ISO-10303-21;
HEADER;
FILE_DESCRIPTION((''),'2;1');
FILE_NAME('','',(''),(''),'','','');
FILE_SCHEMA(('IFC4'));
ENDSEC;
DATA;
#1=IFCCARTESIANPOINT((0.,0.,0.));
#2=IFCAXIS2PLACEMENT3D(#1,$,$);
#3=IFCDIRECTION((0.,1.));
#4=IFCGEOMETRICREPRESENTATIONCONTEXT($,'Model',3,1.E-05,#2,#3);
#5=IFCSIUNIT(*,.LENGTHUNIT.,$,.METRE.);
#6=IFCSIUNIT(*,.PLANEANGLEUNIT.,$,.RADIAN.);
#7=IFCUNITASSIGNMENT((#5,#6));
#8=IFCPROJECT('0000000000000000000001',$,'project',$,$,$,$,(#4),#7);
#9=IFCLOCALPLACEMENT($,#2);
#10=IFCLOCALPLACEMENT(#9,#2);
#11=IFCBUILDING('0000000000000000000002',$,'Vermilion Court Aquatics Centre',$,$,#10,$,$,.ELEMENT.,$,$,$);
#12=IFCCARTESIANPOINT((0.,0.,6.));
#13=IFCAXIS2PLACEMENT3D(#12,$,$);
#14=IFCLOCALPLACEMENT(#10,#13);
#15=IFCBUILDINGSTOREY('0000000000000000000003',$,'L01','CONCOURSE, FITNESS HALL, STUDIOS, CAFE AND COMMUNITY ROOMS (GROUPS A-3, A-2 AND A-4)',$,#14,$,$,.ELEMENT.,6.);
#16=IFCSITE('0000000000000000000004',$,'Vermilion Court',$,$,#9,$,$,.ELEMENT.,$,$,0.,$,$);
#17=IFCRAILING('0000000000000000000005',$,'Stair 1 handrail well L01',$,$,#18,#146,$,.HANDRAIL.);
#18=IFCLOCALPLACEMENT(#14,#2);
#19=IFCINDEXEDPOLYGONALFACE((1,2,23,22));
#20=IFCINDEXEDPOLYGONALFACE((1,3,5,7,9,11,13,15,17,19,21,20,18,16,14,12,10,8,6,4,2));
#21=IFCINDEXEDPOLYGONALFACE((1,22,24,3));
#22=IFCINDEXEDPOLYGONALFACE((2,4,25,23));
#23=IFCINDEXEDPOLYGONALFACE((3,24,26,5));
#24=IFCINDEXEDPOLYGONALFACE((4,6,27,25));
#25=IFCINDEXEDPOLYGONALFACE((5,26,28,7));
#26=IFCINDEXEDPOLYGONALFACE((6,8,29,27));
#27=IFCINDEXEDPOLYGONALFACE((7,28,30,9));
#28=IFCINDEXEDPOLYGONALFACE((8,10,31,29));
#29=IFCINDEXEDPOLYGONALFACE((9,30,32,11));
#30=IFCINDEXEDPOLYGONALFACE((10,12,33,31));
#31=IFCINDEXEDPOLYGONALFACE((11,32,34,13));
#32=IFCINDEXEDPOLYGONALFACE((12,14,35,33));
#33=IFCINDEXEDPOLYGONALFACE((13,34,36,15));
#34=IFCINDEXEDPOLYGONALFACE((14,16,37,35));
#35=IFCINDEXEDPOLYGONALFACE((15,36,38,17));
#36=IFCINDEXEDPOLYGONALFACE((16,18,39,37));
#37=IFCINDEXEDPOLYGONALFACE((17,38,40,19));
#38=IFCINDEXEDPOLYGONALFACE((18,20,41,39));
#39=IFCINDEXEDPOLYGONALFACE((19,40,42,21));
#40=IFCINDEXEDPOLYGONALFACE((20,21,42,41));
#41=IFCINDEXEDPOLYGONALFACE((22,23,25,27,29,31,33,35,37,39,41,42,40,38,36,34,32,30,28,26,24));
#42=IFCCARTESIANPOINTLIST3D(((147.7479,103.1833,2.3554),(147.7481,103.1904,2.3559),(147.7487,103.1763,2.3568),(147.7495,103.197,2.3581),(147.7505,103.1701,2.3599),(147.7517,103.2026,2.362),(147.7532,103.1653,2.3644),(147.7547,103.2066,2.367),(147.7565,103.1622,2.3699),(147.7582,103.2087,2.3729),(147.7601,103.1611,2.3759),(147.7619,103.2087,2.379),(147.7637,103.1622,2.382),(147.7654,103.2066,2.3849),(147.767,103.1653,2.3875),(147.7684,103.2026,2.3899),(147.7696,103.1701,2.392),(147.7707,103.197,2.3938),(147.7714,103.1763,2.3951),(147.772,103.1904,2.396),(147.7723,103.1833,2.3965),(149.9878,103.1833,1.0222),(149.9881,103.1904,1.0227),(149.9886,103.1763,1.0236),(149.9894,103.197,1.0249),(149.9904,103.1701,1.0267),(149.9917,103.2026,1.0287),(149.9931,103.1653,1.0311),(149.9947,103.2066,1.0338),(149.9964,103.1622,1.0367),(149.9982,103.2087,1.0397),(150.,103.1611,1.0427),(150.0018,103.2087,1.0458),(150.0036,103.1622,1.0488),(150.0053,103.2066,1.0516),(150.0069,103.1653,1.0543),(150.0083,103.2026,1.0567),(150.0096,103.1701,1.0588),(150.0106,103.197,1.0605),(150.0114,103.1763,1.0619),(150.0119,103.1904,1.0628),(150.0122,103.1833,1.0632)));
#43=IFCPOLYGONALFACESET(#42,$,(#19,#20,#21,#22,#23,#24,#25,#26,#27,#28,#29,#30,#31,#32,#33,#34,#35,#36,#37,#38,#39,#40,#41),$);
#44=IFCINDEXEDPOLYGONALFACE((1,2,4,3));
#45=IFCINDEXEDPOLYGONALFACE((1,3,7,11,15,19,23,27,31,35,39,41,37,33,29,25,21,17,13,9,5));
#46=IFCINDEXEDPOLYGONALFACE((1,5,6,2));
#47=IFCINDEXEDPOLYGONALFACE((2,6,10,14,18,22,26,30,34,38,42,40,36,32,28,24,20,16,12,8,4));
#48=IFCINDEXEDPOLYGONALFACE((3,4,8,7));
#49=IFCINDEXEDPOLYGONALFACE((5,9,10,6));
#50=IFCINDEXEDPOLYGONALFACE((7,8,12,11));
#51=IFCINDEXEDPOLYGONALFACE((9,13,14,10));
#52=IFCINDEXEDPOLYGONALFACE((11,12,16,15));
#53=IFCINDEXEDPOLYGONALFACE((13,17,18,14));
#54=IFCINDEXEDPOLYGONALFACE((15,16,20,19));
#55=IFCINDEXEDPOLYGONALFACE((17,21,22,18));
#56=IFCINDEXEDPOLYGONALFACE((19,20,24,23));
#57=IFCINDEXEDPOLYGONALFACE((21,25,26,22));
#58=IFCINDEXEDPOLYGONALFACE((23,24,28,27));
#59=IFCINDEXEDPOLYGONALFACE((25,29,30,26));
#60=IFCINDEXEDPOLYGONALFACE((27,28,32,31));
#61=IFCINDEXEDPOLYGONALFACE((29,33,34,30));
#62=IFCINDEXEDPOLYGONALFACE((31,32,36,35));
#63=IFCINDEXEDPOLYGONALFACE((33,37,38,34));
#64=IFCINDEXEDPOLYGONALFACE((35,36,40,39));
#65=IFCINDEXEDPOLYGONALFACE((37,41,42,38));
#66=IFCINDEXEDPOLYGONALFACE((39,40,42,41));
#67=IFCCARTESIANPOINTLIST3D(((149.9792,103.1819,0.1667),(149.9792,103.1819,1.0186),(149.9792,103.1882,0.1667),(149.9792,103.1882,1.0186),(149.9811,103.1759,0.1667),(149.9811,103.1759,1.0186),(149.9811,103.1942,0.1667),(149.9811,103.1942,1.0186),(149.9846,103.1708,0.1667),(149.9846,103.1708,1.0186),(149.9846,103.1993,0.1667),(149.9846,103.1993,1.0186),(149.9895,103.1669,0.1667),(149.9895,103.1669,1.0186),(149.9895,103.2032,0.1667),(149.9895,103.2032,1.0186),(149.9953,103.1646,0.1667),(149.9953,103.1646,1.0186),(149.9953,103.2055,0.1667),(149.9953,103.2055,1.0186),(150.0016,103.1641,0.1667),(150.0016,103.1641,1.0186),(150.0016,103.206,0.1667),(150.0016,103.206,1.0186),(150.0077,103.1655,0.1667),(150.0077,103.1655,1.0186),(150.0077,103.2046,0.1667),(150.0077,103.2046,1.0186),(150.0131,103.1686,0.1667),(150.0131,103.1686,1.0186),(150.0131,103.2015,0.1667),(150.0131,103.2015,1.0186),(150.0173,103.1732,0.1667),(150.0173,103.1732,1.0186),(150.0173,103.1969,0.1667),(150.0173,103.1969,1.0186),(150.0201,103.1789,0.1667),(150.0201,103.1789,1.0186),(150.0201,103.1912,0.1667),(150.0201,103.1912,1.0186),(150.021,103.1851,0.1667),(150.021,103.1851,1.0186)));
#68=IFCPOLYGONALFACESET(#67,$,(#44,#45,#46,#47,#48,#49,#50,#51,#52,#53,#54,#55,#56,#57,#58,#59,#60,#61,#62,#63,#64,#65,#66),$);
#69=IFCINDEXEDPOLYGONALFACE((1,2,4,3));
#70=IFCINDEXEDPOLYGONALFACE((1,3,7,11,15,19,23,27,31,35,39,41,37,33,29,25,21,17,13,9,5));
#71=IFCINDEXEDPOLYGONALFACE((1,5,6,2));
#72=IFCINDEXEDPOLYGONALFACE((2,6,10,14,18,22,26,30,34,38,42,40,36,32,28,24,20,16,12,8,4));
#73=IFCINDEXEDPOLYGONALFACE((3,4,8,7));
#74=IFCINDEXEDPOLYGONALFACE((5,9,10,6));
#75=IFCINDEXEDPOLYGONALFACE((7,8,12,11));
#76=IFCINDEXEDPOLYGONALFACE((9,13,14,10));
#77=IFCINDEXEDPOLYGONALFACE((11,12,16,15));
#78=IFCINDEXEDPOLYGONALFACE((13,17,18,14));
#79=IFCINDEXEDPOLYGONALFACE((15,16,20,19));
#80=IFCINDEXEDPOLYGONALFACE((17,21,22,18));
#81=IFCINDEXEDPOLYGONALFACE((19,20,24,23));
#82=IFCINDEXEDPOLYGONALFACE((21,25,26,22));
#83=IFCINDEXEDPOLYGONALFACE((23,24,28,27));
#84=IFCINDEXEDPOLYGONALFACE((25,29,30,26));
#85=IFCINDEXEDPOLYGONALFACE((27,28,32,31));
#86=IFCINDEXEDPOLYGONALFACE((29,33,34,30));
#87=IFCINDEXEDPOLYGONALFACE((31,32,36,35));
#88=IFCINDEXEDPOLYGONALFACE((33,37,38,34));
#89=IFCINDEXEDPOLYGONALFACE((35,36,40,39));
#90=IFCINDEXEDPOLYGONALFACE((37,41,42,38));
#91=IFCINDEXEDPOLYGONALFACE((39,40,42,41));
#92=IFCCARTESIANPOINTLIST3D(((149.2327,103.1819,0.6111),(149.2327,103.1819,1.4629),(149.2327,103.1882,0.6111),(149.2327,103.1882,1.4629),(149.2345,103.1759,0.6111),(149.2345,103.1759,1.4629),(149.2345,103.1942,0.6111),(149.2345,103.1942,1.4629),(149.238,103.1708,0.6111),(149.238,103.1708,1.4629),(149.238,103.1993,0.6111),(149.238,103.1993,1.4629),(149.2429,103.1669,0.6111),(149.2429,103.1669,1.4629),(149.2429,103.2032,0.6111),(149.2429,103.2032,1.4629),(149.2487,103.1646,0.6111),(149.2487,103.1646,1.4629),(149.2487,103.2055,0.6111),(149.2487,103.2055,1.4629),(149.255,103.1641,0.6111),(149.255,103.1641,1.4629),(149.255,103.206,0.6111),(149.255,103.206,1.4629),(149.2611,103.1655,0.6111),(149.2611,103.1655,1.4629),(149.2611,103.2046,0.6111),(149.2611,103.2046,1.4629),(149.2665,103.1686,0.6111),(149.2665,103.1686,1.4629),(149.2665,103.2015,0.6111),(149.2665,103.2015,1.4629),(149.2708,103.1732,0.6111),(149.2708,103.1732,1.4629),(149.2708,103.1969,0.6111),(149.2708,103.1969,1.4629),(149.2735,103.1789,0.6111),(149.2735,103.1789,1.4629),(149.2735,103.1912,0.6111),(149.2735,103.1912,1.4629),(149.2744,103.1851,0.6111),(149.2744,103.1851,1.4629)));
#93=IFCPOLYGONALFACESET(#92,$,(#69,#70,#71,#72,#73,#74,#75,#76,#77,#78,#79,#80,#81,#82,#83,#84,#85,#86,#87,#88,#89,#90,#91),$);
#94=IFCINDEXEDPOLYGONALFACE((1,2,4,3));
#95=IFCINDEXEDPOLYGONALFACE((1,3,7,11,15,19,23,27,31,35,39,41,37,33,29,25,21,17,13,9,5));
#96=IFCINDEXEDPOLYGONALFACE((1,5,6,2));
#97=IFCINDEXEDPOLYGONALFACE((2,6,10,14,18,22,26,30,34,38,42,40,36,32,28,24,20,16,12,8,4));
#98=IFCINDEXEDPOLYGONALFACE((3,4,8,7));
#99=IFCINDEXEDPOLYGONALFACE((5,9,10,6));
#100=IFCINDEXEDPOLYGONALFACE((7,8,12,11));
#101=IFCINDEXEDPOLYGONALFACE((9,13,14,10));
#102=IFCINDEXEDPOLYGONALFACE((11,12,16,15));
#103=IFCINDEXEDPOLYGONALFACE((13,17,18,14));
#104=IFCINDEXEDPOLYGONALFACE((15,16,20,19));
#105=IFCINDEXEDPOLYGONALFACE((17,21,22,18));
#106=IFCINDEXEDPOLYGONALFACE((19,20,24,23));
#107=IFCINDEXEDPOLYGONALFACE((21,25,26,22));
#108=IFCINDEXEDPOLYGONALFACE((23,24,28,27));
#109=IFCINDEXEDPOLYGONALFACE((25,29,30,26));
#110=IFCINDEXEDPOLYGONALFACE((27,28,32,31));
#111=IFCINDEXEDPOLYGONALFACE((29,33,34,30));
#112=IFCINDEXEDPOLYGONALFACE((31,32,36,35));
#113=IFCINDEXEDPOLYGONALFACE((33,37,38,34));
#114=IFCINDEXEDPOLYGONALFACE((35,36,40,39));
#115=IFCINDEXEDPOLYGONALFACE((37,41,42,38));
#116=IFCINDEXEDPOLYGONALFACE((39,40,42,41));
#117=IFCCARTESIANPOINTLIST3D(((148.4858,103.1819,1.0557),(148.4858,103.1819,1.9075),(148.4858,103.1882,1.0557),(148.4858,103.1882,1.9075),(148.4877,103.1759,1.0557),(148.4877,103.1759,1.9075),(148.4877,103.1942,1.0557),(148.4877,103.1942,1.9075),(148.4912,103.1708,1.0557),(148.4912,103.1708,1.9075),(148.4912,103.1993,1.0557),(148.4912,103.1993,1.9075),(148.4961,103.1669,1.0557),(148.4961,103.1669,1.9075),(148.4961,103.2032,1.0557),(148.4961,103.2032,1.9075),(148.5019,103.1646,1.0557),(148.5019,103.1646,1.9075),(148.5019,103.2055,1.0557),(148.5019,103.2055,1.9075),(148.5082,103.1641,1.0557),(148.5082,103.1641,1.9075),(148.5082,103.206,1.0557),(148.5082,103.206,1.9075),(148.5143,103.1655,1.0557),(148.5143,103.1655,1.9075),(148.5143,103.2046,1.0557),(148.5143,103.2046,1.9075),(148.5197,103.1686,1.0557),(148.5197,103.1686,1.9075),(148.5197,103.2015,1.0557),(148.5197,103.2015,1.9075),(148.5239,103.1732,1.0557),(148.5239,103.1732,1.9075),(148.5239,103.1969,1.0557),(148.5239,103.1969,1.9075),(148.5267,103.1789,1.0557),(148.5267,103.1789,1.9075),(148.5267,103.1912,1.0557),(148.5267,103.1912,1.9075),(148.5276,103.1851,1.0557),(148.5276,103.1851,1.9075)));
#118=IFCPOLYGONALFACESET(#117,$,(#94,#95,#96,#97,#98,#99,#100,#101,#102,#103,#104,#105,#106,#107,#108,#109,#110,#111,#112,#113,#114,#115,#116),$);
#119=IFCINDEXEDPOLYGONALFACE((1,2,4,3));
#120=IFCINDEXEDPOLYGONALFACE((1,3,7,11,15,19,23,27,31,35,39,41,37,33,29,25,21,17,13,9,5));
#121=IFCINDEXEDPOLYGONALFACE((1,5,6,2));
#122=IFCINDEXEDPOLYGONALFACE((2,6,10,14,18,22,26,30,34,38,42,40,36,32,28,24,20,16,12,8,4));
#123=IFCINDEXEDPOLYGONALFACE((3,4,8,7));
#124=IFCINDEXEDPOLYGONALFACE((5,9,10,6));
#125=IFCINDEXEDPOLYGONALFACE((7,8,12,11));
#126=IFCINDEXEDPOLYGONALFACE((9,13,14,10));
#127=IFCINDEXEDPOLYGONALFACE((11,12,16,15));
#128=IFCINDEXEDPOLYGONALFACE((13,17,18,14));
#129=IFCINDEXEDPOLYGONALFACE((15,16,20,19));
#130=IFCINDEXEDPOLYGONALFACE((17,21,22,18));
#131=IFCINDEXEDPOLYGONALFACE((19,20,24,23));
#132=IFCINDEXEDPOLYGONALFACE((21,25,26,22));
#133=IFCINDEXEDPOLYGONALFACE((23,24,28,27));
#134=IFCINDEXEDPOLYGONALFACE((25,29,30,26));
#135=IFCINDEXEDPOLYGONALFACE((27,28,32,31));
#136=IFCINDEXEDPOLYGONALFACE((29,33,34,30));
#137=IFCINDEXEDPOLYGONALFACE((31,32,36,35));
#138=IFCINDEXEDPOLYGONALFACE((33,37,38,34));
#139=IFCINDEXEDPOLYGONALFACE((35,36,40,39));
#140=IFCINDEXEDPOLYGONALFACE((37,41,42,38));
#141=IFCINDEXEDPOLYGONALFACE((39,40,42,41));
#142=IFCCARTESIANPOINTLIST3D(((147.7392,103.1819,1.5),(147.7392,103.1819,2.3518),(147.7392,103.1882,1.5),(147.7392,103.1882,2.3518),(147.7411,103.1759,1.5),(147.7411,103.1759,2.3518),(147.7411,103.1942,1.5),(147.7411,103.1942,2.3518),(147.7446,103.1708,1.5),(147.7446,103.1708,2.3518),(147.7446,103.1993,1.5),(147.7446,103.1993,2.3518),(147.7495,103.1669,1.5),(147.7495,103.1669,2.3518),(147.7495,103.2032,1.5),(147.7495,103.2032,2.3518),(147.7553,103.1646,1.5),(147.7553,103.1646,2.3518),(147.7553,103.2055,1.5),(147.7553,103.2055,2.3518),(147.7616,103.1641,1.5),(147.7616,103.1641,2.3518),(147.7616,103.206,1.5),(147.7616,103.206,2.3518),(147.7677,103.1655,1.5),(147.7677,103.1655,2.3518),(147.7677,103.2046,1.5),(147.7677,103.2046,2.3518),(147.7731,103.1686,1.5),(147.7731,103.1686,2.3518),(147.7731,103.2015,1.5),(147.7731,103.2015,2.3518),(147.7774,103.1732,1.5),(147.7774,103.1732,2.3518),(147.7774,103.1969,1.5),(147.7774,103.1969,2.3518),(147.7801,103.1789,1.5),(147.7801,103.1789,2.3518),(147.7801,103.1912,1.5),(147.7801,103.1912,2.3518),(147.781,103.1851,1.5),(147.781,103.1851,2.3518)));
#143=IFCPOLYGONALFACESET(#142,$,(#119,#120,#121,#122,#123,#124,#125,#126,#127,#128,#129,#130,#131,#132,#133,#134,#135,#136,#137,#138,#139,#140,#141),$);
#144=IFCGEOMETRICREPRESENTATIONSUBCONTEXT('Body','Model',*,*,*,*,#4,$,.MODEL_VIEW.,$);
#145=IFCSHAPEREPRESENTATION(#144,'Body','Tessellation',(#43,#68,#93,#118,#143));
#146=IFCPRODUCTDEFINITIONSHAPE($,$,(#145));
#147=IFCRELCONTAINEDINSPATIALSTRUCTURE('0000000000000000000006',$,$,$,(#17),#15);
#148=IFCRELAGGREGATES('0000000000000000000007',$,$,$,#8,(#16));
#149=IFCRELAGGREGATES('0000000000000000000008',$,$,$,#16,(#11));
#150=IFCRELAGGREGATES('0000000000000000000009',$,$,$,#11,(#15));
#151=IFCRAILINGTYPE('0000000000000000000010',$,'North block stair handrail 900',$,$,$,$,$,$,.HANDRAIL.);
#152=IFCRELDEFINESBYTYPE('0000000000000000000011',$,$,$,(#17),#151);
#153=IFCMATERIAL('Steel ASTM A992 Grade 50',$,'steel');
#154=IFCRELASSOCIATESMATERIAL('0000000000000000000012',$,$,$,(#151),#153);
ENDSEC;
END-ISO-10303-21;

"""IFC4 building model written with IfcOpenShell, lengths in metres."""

from ifc_helpers import new_model, si_unit, direction, frame, origin, origin_2d, place, context, subcontext, project, spatial, circle, extrude, material, type_object, element, save


model = new_model("IFC4")

# Units and contexts
model_context = context("Model", 3, precision=1e-05, world=origin(), true_north=direction((0.0, 1.0)))
body_context = subcontext(model_context, "Body", "Model", "MODEL_VIEW")
ifc_project = project(units=[si_unit("LENGTHUNIT", "METRE"), si_unit("PLANEANGLEUNIT", "RADIAN")], contexts=[model_context])

# Site, building, storey
site_placement = place(None, origin())
site = spatial("IfcSite", under=ifc_project, at=site_placement, Name="Vermilion Court", CompositionType="ELEMENT", RefElevation=0.0)
building_placement = place(site_placement, origin())
building = spatial("IfcBuilding", under=site, at=building_placement, Name="Vermilion Court Aquatics Centre", CompositionType="ELEMENT")
storey_placement = place(building_placement, frame((0.0, 0.0, 6.0)))
storey = spatial("IfcBuildingStorey", under=building, at=storey_placement, Name="L01", Description="CONCOURSE, FITNESS HALL, STUDIOS, CAFE AND COMMUNITY ROOMS (GROUPS A-3, A-2 AND A-4)", CompositionType="ELEMENT", Elevation=6.0)

# Railing
ifc_material_1 = material(Name="Steel ASTM A992 Grade 50", Category="steel")
railing_type_1 = type_object("IfcRailingType", Name="North block stair handrail 900", PredefinedType="HANDRAIL", material=ifc_material_1)
for number, where, name in (
    (1, (150.0, 103.1851, 0.1667), "Stair 1 handrail well L01"),
):
    element("IfcRailing", number, at=place(storey_placement, frame(where)), inside=storey, type_object=railing_type_1, Name=name, PredefinedType="HANDRAIL", context=body_context, shape_type="SweptSolid", body=[
        extrude(circle(Radius=0.0239, at=origin_2d()), frame((0.0, 0.0, 0.876), z_axis=(-0.859306, 0.0, 0.511462), x_axis=(0.0, -1.0, 0.0)), (0.0, 0.0, 1.0), 2.6067),
        extrude(circle(Radius=0.021, at=origin_2d()), origin(), (0.0, 0.0, 1.0), 0.8518),
        extrude(circle(Radius=0.021, at=origin_2d()), frame((-0.7466, 0.0, 0.4443)), (0.0, 0.0, 1.0), 0.8518),
        extrude(circle(Radius=0.021, at=origin_2d()), frame((-1.4934, 0.0, 0.8889)), (0.0, 0.0, 1.0), 0.8518),
        extrude(circle(Radius=0.021, at=origin_2d()), frame((-2.24, 0.0, 1.3333)), (0.0, 0.0, 1.0), 0.8518),
    ])

save(model, "model.ifc")
